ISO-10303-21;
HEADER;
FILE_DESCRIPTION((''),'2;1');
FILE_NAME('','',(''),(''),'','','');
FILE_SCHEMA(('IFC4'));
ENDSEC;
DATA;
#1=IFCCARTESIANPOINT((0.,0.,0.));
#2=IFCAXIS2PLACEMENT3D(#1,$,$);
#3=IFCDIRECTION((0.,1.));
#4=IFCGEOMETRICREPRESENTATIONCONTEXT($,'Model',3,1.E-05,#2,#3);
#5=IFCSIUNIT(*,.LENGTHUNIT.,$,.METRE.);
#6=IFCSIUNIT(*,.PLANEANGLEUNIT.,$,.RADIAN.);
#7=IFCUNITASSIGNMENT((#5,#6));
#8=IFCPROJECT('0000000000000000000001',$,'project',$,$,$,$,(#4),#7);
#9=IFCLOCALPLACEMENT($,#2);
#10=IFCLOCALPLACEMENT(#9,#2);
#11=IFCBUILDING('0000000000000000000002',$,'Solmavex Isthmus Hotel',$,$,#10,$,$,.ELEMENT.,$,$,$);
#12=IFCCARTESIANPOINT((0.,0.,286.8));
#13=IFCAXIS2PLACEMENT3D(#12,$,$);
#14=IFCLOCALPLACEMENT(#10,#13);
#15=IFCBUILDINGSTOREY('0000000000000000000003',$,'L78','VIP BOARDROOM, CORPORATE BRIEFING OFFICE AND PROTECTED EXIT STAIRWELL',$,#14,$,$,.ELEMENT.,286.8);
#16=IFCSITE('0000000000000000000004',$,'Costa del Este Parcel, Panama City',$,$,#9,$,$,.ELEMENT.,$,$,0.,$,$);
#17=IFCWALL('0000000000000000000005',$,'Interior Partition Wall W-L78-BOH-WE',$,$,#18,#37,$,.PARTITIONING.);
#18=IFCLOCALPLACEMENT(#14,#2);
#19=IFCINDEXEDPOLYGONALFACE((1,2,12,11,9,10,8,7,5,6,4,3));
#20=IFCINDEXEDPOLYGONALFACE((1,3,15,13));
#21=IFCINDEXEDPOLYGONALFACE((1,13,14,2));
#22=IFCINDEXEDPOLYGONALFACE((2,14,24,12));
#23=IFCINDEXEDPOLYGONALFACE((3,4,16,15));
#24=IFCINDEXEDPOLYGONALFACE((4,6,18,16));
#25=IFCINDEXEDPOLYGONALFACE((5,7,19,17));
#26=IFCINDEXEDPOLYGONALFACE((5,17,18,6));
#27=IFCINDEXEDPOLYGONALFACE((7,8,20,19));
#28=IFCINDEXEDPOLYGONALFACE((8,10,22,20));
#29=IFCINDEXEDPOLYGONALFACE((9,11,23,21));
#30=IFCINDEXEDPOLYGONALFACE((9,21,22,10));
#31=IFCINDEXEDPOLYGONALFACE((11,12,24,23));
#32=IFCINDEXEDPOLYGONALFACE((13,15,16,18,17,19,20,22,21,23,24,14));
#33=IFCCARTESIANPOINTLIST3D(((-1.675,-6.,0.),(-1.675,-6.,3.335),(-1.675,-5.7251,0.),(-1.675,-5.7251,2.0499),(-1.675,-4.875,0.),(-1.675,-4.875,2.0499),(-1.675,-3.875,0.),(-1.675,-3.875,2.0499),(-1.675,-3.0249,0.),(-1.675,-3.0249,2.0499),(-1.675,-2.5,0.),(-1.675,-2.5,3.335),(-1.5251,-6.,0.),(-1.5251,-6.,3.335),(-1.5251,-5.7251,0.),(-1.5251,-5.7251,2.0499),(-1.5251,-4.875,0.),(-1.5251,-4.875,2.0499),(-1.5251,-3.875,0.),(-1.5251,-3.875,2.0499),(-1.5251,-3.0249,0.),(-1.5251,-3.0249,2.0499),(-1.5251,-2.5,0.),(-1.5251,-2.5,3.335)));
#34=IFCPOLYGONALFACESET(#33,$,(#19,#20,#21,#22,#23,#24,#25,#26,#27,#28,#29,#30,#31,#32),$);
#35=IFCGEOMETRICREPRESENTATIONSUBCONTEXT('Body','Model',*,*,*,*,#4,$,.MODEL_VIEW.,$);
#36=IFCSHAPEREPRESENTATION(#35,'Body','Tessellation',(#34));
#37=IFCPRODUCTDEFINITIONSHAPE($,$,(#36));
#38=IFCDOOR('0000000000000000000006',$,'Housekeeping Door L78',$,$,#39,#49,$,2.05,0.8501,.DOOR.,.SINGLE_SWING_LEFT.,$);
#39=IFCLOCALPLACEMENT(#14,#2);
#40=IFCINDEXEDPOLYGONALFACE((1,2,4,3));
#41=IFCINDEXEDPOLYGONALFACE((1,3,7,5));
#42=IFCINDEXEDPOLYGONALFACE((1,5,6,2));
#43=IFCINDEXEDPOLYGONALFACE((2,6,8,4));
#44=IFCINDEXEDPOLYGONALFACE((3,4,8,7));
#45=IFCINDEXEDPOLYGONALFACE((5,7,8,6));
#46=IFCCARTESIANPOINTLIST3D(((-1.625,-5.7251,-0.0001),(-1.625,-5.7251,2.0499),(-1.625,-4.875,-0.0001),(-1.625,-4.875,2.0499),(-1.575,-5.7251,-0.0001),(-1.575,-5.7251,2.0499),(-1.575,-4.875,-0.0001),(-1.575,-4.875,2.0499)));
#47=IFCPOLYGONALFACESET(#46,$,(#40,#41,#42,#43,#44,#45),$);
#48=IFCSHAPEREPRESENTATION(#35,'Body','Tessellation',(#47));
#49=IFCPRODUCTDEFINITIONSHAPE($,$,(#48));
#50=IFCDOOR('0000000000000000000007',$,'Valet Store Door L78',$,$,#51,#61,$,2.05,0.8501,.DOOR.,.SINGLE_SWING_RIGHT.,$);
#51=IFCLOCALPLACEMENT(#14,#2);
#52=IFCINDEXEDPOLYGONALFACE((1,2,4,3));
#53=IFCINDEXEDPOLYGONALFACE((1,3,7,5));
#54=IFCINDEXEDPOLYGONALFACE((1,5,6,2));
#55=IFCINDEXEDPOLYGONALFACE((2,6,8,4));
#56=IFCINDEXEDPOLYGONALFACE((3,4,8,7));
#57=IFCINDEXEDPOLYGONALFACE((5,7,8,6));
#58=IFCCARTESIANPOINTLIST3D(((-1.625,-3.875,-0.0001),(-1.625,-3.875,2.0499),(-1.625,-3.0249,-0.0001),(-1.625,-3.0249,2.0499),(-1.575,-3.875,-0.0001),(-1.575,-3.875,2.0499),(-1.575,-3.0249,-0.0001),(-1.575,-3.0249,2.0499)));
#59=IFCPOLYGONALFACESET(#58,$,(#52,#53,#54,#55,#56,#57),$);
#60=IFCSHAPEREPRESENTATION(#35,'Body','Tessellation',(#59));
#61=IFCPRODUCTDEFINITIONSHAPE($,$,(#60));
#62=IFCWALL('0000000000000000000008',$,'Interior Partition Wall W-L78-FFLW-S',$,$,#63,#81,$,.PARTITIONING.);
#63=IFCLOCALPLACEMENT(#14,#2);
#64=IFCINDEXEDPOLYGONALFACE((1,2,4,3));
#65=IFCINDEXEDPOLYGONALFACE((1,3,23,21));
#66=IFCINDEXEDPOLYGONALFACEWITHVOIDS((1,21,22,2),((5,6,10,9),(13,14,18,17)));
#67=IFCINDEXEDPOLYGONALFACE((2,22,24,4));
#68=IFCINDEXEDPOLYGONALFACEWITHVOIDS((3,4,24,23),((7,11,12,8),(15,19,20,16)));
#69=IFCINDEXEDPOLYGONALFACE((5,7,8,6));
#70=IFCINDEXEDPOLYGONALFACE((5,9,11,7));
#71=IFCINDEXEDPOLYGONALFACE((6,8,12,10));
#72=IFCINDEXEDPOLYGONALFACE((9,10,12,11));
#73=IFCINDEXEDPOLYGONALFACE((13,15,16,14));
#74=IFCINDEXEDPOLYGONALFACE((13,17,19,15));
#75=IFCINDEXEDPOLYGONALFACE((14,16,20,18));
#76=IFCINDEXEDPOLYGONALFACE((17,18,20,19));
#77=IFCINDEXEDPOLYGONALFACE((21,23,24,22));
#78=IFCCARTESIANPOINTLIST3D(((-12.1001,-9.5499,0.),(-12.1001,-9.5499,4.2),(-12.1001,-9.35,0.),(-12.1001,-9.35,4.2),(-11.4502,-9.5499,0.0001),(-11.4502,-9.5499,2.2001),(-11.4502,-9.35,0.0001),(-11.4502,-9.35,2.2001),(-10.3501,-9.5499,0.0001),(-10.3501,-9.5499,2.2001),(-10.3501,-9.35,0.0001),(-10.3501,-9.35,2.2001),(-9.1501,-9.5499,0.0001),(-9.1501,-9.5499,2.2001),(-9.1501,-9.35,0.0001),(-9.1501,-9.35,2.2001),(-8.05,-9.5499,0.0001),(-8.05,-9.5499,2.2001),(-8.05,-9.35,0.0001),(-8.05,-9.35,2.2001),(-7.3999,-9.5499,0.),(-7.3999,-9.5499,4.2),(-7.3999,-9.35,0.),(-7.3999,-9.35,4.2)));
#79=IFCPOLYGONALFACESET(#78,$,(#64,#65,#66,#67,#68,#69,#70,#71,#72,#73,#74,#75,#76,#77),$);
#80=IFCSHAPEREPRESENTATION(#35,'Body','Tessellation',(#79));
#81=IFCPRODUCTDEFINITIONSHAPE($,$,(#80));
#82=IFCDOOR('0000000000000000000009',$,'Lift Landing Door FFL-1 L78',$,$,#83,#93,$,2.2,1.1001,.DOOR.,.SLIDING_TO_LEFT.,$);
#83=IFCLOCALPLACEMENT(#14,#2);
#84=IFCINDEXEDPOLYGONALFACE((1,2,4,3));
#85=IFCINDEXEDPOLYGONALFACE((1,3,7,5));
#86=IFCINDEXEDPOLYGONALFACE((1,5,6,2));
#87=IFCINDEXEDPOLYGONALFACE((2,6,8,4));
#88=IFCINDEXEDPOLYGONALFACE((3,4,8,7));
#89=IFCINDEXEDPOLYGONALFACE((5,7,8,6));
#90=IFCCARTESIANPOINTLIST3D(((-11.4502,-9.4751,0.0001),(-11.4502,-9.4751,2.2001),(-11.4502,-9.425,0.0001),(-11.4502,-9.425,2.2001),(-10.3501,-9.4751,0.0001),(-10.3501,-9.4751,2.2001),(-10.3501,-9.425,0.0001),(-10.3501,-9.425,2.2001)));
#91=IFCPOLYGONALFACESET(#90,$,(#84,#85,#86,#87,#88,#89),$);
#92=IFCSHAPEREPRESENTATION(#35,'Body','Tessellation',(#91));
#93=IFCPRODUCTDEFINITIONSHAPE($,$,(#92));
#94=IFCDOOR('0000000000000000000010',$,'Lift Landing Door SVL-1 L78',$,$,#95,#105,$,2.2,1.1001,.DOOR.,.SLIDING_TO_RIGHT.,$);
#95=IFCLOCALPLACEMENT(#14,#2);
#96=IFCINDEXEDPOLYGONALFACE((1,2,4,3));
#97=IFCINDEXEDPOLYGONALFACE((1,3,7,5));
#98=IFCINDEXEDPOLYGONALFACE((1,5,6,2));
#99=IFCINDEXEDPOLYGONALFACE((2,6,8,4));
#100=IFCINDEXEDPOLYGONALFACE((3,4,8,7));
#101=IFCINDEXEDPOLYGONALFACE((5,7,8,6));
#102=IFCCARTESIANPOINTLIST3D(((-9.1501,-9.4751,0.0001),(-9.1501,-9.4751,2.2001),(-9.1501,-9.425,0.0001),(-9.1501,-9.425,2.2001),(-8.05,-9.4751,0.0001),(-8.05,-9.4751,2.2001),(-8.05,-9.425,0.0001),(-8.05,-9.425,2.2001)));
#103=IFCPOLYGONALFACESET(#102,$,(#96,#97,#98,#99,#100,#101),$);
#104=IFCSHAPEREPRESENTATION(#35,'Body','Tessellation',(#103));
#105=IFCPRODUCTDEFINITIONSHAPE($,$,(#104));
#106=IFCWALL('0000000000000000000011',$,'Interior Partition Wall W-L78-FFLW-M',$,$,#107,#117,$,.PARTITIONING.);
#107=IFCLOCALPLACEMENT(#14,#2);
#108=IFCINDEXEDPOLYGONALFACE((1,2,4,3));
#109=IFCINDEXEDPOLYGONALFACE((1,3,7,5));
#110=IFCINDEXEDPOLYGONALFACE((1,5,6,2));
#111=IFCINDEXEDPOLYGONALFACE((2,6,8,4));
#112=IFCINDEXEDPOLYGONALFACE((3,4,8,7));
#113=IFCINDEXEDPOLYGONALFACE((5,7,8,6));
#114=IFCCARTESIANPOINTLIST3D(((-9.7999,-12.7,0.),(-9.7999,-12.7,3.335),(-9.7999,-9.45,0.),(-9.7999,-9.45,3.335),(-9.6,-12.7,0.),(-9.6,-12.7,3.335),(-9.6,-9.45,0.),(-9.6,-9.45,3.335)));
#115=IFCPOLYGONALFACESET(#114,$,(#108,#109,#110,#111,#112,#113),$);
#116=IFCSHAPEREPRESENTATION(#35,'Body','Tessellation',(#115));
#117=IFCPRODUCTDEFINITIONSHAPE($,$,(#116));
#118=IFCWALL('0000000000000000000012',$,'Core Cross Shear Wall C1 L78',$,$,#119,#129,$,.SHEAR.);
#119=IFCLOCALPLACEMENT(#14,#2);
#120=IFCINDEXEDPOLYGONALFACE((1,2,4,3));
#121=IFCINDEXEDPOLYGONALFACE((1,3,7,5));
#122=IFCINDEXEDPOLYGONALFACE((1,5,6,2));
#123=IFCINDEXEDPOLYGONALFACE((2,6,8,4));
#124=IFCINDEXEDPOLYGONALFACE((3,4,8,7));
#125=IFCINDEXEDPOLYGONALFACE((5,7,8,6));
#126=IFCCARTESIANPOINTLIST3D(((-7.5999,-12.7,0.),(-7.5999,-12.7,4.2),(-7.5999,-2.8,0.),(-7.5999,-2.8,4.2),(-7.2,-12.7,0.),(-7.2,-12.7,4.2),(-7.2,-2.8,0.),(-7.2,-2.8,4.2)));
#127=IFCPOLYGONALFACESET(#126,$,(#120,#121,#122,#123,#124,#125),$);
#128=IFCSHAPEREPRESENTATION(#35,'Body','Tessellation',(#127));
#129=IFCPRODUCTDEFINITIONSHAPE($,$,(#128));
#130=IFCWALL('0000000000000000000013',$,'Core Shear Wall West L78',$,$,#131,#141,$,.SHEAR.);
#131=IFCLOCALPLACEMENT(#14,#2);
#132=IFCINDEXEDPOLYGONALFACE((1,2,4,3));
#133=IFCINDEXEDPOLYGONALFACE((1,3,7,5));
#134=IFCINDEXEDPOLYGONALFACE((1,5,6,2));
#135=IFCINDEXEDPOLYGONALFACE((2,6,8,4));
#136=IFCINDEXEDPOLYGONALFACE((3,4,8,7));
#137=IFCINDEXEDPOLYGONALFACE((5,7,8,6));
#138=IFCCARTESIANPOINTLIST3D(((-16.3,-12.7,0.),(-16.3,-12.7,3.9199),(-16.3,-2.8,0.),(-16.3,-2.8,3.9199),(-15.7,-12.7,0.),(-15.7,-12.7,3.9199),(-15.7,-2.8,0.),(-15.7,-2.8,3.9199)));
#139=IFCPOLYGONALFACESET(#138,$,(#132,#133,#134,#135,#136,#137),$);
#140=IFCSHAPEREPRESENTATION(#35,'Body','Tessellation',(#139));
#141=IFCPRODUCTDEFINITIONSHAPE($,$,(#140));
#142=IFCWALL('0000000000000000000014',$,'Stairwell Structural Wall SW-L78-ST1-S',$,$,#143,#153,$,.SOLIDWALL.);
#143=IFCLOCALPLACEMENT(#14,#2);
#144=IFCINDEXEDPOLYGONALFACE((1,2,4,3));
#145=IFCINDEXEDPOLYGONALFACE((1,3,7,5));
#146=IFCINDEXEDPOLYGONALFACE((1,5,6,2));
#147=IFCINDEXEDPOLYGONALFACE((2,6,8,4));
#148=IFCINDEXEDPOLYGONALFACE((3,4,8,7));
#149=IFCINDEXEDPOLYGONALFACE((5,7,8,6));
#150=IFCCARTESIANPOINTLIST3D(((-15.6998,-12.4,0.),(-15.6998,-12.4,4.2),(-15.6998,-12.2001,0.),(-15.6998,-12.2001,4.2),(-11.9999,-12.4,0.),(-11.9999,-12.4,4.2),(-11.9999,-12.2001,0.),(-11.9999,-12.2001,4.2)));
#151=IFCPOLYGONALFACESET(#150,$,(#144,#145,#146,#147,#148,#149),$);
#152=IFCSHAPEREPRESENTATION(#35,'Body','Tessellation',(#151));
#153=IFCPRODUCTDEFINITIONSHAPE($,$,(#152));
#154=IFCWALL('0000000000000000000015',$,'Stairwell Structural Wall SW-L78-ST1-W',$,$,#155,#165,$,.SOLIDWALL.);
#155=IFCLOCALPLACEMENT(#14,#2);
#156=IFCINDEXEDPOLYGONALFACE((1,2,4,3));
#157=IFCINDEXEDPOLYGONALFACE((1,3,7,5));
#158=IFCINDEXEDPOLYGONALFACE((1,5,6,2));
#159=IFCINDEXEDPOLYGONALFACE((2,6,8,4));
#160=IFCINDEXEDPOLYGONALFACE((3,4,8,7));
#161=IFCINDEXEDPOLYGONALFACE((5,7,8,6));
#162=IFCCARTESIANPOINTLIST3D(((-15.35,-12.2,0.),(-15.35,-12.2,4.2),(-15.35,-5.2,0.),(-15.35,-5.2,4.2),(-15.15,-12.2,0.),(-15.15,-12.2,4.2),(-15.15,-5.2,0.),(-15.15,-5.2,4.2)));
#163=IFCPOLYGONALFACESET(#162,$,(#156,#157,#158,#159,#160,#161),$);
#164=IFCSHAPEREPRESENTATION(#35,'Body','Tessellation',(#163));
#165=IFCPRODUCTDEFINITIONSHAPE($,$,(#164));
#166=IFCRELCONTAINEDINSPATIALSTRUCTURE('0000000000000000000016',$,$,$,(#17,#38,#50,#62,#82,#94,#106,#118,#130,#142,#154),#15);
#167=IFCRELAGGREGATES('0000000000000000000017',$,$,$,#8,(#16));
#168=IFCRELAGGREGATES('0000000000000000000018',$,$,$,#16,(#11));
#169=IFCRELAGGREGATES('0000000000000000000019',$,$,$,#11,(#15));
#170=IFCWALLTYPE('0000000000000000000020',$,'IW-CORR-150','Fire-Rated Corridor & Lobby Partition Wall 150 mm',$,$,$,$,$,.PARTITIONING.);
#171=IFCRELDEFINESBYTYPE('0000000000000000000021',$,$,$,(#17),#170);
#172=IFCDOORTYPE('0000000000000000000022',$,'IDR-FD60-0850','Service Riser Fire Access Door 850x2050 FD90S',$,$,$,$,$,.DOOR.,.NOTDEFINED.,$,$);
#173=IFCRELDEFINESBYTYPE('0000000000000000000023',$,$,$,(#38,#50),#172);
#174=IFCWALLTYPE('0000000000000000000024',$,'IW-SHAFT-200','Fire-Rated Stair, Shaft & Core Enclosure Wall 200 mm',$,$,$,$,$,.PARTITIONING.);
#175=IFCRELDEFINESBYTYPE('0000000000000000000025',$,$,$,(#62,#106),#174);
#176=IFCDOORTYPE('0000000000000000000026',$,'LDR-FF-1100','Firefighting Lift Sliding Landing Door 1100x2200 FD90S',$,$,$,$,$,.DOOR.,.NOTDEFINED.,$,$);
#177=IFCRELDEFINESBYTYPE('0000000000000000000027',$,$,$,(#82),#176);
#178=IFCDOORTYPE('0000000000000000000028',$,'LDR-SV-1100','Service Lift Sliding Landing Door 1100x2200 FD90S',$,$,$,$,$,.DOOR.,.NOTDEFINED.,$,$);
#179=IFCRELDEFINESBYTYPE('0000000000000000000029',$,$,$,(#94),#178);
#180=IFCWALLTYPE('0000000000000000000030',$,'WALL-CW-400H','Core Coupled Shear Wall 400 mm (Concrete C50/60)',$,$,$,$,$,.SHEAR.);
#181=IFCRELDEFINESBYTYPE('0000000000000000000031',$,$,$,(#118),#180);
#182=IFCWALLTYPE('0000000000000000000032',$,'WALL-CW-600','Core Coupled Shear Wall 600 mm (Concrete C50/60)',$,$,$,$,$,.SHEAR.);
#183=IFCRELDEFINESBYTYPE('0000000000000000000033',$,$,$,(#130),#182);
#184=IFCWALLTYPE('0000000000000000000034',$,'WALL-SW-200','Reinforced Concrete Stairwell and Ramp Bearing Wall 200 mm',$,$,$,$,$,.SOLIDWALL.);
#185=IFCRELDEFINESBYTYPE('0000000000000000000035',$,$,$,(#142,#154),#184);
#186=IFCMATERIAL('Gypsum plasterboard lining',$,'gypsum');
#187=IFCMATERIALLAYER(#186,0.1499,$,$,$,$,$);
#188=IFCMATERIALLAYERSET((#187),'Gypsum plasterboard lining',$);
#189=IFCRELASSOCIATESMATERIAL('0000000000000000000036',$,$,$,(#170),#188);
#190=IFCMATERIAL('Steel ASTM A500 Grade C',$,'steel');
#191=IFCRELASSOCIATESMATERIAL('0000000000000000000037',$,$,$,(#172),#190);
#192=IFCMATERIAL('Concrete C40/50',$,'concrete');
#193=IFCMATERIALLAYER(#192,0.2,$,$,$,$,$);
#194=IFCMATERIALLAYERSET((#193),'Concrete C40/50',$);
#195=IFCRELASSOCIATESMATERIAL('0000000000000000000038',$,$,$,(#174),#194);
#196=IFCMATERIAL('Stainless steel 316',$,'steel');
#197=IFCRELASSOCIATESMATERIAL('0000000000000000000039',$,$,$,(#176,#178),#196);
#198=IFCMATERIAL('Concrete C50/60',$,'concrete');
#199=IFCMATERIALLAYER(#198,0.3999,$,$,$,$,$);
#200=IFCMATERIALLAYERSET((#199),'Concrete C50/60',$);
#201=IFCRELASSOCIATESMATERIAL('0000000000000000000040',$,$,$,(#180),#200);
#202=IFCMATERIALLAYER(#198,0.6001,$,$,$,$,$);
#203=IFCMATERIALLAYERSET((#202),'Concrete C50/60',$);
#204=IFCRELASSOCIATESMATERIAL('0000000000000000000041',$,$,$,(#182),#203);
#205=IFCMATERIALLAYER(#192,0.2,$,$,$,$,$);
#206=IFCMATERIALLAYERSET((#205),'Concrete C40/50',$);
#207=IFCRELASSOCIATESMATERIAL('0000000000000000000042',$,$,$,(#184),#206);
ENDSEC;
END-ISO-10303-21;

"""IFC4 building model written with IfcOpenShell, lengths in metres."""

from ifc_helpers import new_model, si_unit, direction, frame, frame_2d, origin, place, context, subcontext, project, spatial, rectangle, extrude, material, layer, layer_set, type_object, element, fill, save


model = new_model("IFC4")

# Units and contexts
model_context = context("Model", 3, precision=1e-05, world=origin(), true_north=direction((0.0, 1.0)))
body_context = subcontext(model_context, "Body", "Model", "MODEL_VIEW")
ifc_project = project(units=[si_unit("LENGTHUNIT", "METRE"), si_unit("PLANEANGLEUNIT", "RADIAN")], contexts=[model_context])

# Site, building, storey
site_placement = place(None, origin())
site = spatial("IfcSite", under=ifc_project, at=site_placement, Name="Costa del Este Parcel, Panama City", CompositionType="ELEMENT", RefElevation=0.0)
building_placement = place(site_placement, origin())
building = spatial("IfcBuilding", under=site, at=building_placement, Name="Solmavex Isthmus Hotel", CompositionType="ELEMENT")
storey_placement = place(building_placement, frame((0.0, 0.0, 286.8)))
storey = spatial("IfcBuildingStorey", under=building, at=storey_placement, Name="L78", Description="VIP BOARDROOM, CORPORATE BRIEFING OFFICE AND PROTECTED EXIT STAIRWELL", CompositionType="ELEMENT", Elevation=286.8)

# Shared definitions
ifc_material_1 = material(Name="Concrete C50/60", Category="concrete")

# Shared definitions
ifc_material_2 = material(Name="Gypsum plasterboard lining", Category="gypsum")

# Shared definitions
ifc_layer_1 = layer(ifc_material_2, 0.1499)
ifc_layer_set_1 = layer_set([ifc_layer_1], Name="Gypsum plasterboard lining")
wall_type_1 = type_object("IfcWallType", Name="IW-CORR-150", Description="Fire-Rated Corridor & Lobby Partition Wall 150 mm", PredefinedType="PARTITIONING", material=ifc_layer_set_1)

# Walls, openings, doors
wall_1_placement = place(storey_placement, frame((-1.6001, -6.0, 0.0), z_axis=(0.0, 0.0, 1.0), x_axis=(0.0, 1.0, 0.0)))
wall_1 = element("IfcWall", 1, at=wall_1_placement, inside=storey, type_object=wall_type_1, Name="Interior Partition Wall W-L78-BOH-WE", PredefinedType="PARTITIONING", context=body_context, shape_type="SweptSolid", body=[
    extrude(rectangle(XDim=3.5, YDim=0.1499, at=frame_2d((1.75, 0.0))), origin(), (0.0, 0.0, 1.0), 3.335),
])
opening_1_placement = place(wall_1_placement, frame((0.2749, 0.0, 0.0)))
opening_1 = element("IfcOpeningElement", 2, at=opening_1_placement, cuts=wall_1, PredefinedType="OPENING", context=body_context, shape_type="SweptSolid", body=[
    extrude(rectangle(XDim=0.8501, YDim=2.05, at=frame_2d((0.425, 1.0249))), frame((0.0, 0.085, 0.0), z_axis=(0.0, -1.0, 0.0), x_axis=(1.0, 0.0, 0.0)), (0.0, 0.0, 1.0), 0.1699),
])
opening_2_placement = place(wall_1_placement, frame((2.125, 0.0, 0.0)))
opening_2 = element("IfcOpeningElement", 3, at=opening_2_placement, cuts=wall_1, PredefinedType="OPENING", context=body_context, shape_type="SweptSolid", body=[
    extrude(rectangle(XDim=0.8501, YDim=2.05, at=frame_2d((0.425, 1.0249))), frame((0.0, 0.085, 0.0), z_axis=(0.0, -1.0, 0.0), x_axis=(1.0, 0.0, 0.0)), (0.0, 0.0, 1.0), 0.1699),
])
ifc_material_3 = material(Name="Steel ASTM A500 Grade C", Category="steel")
door_type_1 = type_object("IfcDoorType", Name="IDR-FD60-0850", Description="Service Riser Fire Access Door 850x2050 FD90S", OperationType="NOTDEFINED", PredefinedType="DOOR", material=ifc_material_3)
door_1_placement = place(opening_1_placement, origin())
door_1 = element("IfcDoor", 4, at=door_1_placement, inside=storey, type_object=door_type_1, Name="Housekeeping Door L78", OperationType="SINGLE_SWING_LEFT", OverallHeight=2.05, OverallWidth=0.8501, PredefinedType="DOOR", context=body_context, shape_type="SweptSolid", body=[
    extrude(rectangle(XDim=0.8501, YDim=2.05, at=frame_2d((0.425, 1.0249))), frame((0.0, 0.0249, 0.0), z_axis=(0.0, -1.0, 0.0), x_axis=(1.0, 0.0, 0.0)), (0.0, 0.0, 1.0), 0.05),
])
fill(opening_1, door_1)
door_2_placement = place(opening_2_placement, origin())
door_2 = element("IfcDoor", 5, at=door_2_placement, inside=storey, type_object=door_type_1, Name="Valet Store Door L78", OperationType="SINGLE_SWING_RIGHT", OverallHeight=2.05, OverallWidth=0.8501, PredefinedType="DOOR", context=body_context, shape_type="SweptSolid", body=[
    extrude(rectangle(XDim=0.8501, YDim=2.05, at=frame_2d((0.425, 1.0249))), frame((0.0, 0.0249, 0.0), z_axis=(0.0, -1.0, 0.0), x_axis=(1.0, 0.0, 0.0)), (0.0, 0.0, 1.0), 0.05),
])
fill(opening_2, door_2)
ifc_material_4 = material(Name="Concrete C40/50", Category="concrete")
ifc_layer_2 = layer(ifc_material_4, 0.2)
ifc_layer_set_2 = layer_set([ifc_layer_2], Name="Concrete C40/50")
wall_type_2 = type_object("IfcWallType", Name="IW-SHAFT-200", Description="Fire-Rated Stair, Shaft & Core Enclosure Wall 200 mm", PredefinedType="PARTITIONING", material=ifc_layer_set_2)
wall_2_placement = place(storey_placement, frame((-12.1001, -9.45, 0.0), z_axis=(0.0, 0.0, 1.0), x_axis=(1.0, 0.0, 0.0)))
wall_2 = element("IfcWall", 6, at=wall_2_placement, inside=storey, type_object=wall_type_2, Name="Interior Partition Wall W-L78-FFLW-S", PredefinedType="PARTITIONING", context=body_context, shape_type="SweptSolid", body=[
    extrude(rectangle(XDim=4.7002, YDim=0.2, at=frame_2d((2.3501, 0.0))), origin(), (0.0, 0.0, 1.0), 4.2),
])
opening_3_placement = place(wall_2_placement, frame((0.6499, 0.0, 0.0)))
opening_3 = element("IfcOpeningElement", 7, at=opening_3_placement, cuts=wall_2, PredefinedType="OPENING", context=body_context, shape_type="SweptSolid", body=[
    extrude(rectangle(XDim=1.1001, YDim=2.2, at=frame_2d((0.55, 1.1001))), frame((0.0, 0.1099, 0.0), z_axis=(0.0, -1.0, 0.0), x_axis=(1.0, 0.0, 0.0)), (0.0, 0.0, 1.0), 0.22),
])
opening_4_placement = place(wall_2_placement, frame((2.95, 0.0, 0.0)))
opening_4 = element("IfcOpeningElement", 8, at=opening_4_placement, cuts=wall_2, PredefinedType="OPENING", context=body_context, shape_type="SweptSolid", body=[
    extrude(rectangle(XDim=1.1001, YDim=2.2, at=frame_2d((0.55, 1.1001))), frame((0.0, 0.1099, 0.0), z_axis=(0.0, -1.0, 0.0), x_axis=(1.0, 0.0, 0.0)), (0.0, 0.0, 1.0), 0.22),
])
ifc_material_5 = material(Name="Stainless steel 316", Category="steel")
door_type_2 = type_object("IfcDoorType", Name="LDR-FF-1100", Description="Firefighting Lift Sliding Landing Door 1100x2200 FD90S", OperationType="NOTDEFINED", PredefinedType="DOOR", material=ifc_material_5)
door_3_placement = place(opening_3_placement, origin())
door_3 = element("IfcDoor", 9, at=door_3_placement, inside=storey, type_object=door_type_2, Name="Lift Landing Door FFL-1 L78", OperationType="SLIDING_TO_LEFT", OverallHeight=2.2, OverallWidth=1.1001, PredefinedType="DOOR", context=body_context, shape_type="SweptSolid", body=[
    extrude(rectangle(XDim=1.1001, YDim=2.2, at=frame_2d((0.55, 1.1001))), frame((0.0, 0.0249, 0.0), z_axis=(0.0, -1.0, 0.0), x_axis=(1.0, 0.0, 0.0)), (0.0, 0.0, 1.0), 0.05),
])
fill(opening_3, door_3)
door_type_3 = type_object("IfcDoorType", Name="LDR-SV-1100", Description="Service Lift Sliding Landing Door 1100x2200 FD90S", OperationType="NOTDEFINED", PredefinedType="DOOR", material=ifc_material_5)
door_4_placement = place(opening_4_placement, origin())
door_4 = element("IfcDoor", 10, at=door_4_placement, inside=storey, type_object=door_type_3, Name="Lift Landing Door SVL-1 L78", OperationType="SLIDING_TO_RIGHT", OverallHeight=2.2, OverallWidth=1.1001, PredefinedType="DOOR", context=body_context, shape_type="SweptSolid", body=[
    extrude(rectangle(XDim=1.1001, YDim=2.2, at=frame_2d((0.55, 1.1001))), frame((0.0, 0.0249, 0.0), z_axis=(0.0, -1.0, 0.0), x_axis=(1.0, 0.0, 0.0)), (0.0, 0.0, 1.0), 0.05),
])
fill(opening_4, door_4)

# Walls
wall_3_placement = place(storey_placement, frame((-9.7, -12.7, 0.0), z_axis=(0.0, 0.0, 1.0), x_axis=(0.0, 1.0, 0.0)))
element("IfcWall", 11, at=wall_3_placement, inside=storey, type_object=wall_type_2, Name="Interior Partition Wall W-L78-FFLW-M", PredefinedType="PARTITIONING", context=body_context, shape_type="SweptSolid", body=[
    extrude(rectangle(XDim=3.25, YDim=0.2, at=frame_2d((1.625, 0.0))), origin(), (0.0, 0.0, 1.0), 3.335),
])
ifc_layer_3 = layer(ifc_material_1, 0.3999)
ifc_layer_set_3 = layer_set([ifc_layer_3], Name="Concrete C50/60")
wall_type_3 = type_object("IfcWallType", Name="WALL-CW-400H", Description="Core Coupled Shear Wall 400 mm (Concrete C50/60)", PredefinedType="SHEAR", material=ifc_layer_set_3)
wall_4_placement = place(storey_placement, frame((-7.3999, -12.7, 0.0), z_axis=(0.0, 0.0, 1.0), x_axis=(0.0, 1.0, 0.0)))
element("IfcWall", 12, at=wall_4_placement, inside=storey, type_object=wall_type_3, Name="Core Cross Shear Wall C1 L78", PredefinedType="SHEAR", context=body_context, shape_type="SweptSolid", body=[
    extrude(rectangle(XDim=9.8999, YDim=0.3999, at=frame_2d((4.95, 0.0))), origin(), (0.0, 0.0, 1.0), 4.2),
])
ifc_layer_4 = layer(ifc_material_1, 0.6001)
ifc_layer_set_4 = layer_set([ifc_layer_4], Name="Concrete C50/60")
wall_type_4 = type_object("IfcWallType", Name="WALL-CW-600", Description="Core Coupled Shear Wall 600 mm (Concrete C50/60)", PredefinedType="SHEAR", material=ifc_layer_set_4)
wall_5_placement = place(storey_placement, frame((-16.0, -12.7, 0.0), z_axis=(0.0, 0.0, 1.0), x_axis=(0.0, 1.0, 0.0)))
element("IfcWall", 13, at=wall_5_placement, inside=storey, type_object=wall_type_4, Name="Core Shear Wall West L78", PredefinedType="SHEAR", context=body_context, shape_type="SweptSolid", body=[
    extrude(rectangle(XDim=9.8999, YDim=0.6001, at=frame_2d((4.95, 0.0))), origin(), (0.0, 0.0, 1.0), 3.9199),
])
ifc_layer_5 = layer(ifc_material_4, 0.2)
ifc_layer_set_5 = layer_set([ifc_layer_5], Name="Concrete C40/50")
wall_type_5 = type_object("IfcWallType", Name="WALL-SW-200", Description="Reinforced Concrete Stairwell and Ramp Bearing Wall 200 mm", PredefinedType="SOLIDWALL", material=ifc_layer_set_5)
wall_6_placement = place(storey_placement, frame((-15.7, -12.3, 0.0), z_axis=(0.0, 0.0, 1.0), x_axis=(1.0, 0.0, 0.0)))
element("IfcWall", 14, at=wall_6_placement, inside=storey, type_object=wall_type_5, Name="Stairwell Structural Wall SW-L78-ST1-S", PredefinedType="SOLIDWALL", context=body_context, shape_type="SweptSolid", body=[
    extrude(rectangle(XDim=3.7, YDim=0.2, at=frame_2d((1.8501, 0.0))), origin(), (0.0, 0.0, 1.0), 4.2),
])
wall_7_placement = place(storey_placement, frame((-15.25, -12.2, 0.0), z_axis=(0.0, 0.0, 1.0), x_axis=(0.0, 1.0, 0.0)))
element("IfcWall", 15, at=wall_7_placement, inside=storey, type_object=wall_type_5, Name="Stairwell Structural Wall SW-L78-ST1-W", PredefinedType="SOLIDWALL", context=body_context, shape_type="SweptSolid", body=[
    extrude(rectangle(XDim=7.0, YDim=0.2, at=frame_2d((3.5, 0.0))), origin(), (0.0, 0.0, 1.0), 4.2),
])

save(model, "model.ifc")
